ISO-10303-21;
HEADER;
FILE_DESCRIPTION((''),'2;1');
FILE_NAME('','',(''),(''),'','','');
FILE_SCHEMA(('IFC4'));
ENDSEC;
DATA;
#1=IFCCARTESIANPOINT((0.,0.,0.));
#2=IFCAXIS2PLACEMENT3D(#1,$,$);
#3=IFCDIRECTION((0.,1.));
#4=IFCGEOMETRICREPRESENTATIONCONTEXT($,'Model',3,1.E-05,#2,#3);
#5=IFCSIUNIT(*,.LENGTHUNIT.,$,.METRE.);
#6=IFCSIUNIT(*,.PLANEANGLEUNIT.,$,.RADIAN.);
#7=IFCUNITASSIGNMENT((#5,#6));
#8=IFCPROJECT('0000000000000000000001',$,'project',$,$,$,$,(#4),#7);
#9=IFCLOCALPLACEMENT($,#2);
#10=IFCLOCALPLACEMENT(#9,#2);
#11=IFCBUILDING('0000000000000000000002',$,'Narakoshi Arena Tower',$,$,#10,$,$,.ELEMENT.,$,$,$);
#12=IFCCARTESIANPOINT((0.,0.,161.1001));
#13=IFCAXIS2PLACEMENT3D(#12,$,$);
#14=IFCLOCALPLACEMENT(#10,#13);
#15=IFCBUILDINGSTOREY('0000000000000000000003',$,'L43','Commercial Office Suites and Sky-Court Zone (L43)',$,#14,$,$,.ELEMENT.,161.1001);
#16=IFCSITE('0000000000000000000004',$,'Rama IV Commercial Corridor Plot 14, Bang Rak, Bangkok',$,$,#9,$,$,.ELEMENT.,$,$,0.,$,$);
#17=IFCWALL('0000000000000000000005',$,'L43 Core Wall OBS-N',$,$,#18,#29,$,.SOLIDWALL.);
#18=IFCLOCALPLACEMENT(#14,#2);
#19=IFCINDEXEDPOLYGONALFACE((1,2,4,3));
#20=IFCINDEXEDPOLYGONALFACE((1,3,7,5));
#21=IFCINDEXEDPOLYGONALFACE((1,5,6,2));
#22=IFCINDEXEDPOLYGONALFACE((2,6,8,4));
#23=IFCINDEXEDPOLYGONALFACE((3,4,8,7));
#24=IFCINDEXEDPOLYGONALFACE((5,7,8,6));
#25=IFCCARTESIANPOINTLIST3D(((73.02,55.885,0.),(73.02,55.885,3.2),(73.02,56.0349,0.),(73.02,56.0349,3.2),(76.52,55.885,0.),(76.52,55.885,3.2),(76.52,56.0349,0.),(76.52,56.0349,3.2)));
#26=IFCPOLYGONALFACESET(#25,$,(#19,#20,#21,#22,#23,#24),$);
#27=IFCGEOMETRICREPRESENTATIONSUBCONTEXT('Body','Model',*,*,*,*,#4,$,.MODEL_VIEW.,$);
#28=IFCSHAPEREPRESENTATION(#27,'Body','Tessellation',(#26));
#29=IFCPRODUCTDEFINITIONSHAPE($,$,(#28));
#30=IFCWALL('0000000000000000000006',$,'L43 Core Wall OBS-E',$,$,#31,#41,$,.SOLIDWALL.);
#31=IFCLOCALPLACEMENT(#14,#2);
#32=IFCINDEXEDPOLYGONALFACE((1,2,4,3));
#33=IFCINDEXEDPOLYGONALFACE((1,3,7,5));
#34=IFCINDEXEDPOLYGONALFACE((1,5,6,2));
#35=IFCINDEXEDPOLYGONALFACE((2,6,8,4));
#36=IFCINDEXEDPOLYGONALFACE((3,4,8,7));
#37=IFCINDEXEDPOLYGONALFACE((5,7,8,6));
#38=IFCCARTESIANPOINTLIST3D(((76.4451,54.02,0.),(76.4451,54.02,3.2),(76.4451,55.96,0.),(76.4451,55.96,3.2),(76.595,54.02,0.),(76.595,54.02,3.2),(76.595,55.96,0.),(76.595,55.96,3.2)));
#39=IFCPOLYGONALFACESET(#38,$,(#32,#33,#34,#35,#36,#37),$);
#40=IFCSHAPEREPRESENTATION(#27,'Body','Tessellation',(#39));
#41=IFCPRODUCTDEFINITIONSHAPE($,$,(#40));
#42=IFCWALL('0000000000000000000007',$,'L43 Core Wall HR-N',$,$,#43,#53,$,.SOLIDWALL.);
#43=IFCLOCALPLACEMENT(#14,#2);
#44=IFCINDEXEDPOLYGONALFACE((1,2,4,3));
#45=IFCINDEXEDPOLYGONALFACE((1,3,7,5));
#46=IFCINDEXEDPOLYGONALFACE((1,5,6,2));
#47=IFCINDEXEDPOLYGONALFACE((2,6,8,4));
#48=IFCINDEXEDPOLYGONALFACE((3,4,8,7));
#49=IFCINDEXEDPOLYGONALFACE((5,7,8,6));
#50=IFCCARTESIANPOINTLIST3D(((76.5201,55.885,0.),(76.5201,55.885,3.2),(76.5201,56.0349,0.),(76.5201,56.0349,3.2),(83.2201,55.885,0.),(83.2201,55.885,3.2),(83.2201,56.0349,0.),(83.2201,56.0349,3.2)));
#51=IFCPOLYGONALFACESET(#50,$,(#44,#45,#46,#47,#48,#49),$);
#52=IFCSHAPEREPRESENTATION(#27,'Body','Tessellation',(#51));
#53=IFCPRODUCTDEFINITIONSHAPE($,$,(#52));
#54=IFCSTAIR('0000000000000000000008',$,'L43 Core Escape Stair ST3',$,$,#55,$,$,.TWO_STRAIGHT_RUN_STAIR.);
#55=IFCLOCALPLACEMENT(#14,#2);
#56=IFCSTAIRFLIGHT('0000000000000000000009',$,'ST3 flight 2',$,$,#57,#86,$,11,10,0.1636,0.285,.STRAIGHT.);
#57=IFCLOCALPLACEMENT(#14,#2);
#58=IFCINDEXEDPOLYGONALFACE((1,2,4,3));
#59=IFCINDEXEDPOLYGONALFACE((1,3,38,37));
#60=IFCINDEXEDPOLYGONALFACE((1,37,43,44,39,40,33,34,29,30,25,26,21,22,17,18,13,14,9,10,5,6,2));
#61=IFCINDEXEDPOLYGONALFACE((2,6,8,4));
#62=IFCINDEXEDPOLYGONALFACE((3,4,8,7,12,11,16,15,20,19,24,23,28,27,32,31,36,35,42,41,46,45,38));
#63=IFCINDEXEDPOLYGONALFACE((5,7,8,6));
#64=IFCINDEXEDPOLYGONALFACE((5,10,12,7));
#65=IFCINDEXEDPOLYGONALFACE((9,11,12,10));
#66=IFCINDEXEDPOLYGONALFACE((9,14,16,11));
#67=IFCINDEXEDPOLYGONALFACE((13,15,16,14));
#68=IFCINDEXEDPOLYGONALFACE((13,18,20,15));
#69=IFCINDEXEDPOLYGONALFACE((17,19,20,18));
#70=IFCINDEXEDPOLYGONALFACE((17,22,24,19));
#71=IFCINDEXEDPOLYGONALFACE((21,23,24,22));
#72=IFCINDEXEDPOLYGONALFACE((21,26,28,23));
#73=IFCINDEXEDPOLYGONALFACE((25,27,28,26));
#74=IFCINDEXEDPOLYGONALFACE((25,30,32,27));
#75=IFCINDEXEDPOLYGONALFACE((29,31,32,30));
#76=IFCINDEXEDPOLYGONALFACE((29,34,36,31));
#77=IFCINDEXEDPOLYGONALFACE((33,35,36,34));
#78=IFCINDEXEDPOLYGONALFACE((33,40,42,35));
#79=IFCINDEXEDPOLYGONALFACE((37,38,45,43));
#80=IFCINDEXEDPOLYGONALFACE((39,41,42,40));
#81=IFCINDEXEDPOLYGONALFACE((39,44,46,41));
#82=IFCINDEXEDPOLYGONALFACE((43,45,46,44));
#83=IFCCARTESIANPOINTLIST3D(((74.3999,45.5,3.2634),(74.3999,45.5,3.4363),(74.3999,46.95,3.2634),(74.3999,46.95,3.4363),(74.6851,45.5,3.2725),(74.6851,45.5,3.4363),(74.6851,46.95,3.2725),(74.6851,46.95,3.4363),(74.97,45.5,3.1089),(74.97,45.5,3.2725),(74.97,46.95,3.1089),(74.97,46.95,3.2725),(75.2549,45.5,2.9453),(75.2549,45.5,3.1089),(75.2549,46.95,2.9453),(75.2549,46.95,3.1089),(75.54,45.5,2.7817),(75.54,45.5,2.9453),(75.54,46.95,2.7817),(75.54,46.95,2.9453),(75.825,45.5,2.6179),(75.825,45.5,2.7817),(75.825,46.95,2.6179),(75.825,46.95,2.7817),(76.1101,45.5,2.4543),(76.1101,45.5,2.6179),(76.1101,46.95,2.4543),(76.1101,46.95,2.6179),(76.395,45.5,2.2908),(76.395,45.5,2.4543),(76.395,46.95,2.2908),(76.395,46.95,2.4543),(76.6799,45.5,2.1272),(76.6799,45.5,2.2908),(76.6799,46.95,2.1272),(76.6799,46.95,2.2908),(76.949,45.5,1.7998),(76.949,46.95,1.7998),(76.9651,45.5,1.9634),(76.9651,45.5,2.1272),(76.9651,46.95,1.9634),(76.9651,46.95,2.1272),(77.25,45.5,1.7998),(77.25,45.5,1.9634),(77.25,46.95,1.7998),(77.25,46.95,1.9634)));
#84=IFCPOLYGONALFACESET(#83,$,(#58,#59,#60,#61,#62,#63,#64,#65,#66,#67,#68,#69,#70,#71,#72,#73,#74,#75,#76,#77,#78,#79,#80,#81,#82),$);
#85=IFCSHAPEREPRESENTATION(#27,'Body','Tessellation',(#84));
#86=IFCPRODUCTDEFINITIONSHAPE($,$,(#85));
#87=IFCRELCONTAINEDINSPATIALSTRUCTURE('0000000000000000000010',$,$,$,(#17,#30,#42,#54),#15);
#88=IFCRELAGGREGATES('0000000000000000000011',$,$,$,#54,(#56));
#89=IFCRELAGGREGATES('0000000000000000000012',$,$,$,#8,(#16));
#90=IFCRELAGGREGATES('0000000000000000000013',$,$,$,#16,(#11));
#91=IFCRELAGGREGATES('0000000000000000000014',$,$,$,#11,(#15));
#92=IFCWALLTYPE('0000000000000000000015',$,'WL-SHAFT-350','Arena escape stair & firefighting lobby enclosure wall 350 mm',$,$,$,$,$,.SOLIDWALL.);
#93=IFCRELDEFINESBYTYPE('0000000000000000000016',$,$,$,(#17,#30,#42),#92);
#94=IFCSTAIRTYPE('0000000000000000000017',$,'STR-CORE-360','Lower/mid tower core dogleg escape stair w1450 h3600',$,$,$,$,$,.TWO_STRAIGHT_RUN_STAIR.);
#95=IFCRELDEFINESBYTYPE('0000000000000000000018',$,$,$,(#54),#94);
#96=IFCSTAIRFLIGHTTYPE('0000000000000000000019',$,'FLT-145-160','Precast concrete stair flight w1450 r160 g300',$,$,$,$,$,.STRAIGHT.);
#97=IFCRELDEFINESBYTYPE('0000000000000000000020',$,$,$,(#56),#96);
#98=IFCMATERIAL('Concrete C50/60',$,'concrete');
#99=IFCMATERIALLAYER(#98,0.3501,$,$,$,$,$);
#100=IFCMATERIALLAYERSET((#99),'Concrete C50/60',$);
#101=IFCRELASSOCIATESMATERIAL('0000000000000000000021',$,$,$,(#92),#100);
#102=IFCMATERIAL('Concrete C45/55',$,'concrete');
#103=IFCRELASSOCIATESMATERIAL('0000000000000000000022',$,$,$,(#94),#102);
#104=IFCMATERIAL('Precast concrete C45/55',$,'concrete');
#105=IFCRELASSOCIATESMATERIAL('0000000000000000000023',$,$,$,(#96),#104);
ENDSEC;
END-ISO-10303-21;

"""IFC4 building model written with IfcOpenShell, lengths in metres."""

from ifc_helpers import new_model, si_unit, direction, frame, frame_2d, origin, place, context, subcontext, project, spatial, polyline, rectangle, outline, extrude, material, layer, layer_set, type_object, element, aggregate, save


model = new_model("IFC4")

# Units and contexts
model_context = context("Model", 3, precision=1e-05, world=origin(), true_north=direction((0.0, 1.0)))
body_context = subcontext(model_context, "Body", "Model", "MODEL_VIEW")
ifc_project = project(units=[si_unit("LENGTHUNIT", "METRE"), si_unit("PLANEANGLEUNIT", "RADIAN")], contexts=[model_context])

# Site, building, storey
site_placement = place(None, origin())
site = spatial("IfcSite", under=ifc_project, at=site_placement, Name="Rama IV Commercial Corridor Plot 14, Bang Rak, Bangkok", CompositionType="ELEMENT", RefElevation=0.0)
building_placement = place(site_placement, origin())
building = spatial("IfcBuilding", under=site, at=building_placement, Name="Narakoshi Arena Tower", CompositionType="ELEMENT")
storey_placement = place(building_placement, frame((0.0, 0.0, 161.1001)))
storey = spatial("IfcBuildingStorey", under=building, at=storey_placement, Name="L43", Description="Commercial Office Suites and Sky-Court Zone (L43)", CompositionType="ELEMENT", Elevation=161.1001)

# Shared definitions
ifc_material_1 = material(Name="Concrete C50/60", Category="concrete")
ifc_layer_1 = layer(ifc_material_1, 0.3501)
ifc_layer_set_1 = layer_set([ifc_layer_1], Name="Concrete C50/60")
wall_type_1 = type_object("IfcWallType", Name="WL-SHAFT-350", Description="Arena escape stair & firefighting lobby enclosure wall 350 mm", PredefinedType="SOLIDWALL", material=ifc_layer_set_1)

# Walls
wall_1_placement = place(storey_placement, frame((73.02, 55.96, 0.0), z_axis=(0.0, 0.0, 1.0), x_axis=(1.0, 0.0, 0.0)))
element("IfcWall", 1, at=wall_1_placement, inside=storey, type_object=wall_type_1, Name="L43 Core Wall OBS-N", PredefinedType="SOLIDWALL", context=body_context, shape_type="SweptSolid", body=[
    extrude(rectangle(XDim=3.5, YDim=0.1499, at=frame_2d((1.75, 0.0))), origin(), (0.0, 0.0, 1.0), 3.2),
])
wall_2_placement = place(storey_placement, frame((76.52, 54.02, 0.0), z_axis=(0.0, 0.0, 1.0), x_axis=(0.0, 1.0, 0.0)))
element("IfcWall", 2, at=wall_2_placement, inside=storey, type_object=wall_type_1, Name="L43 Core Wall OBS-E", PredefinedType="SOLIDWALL", context=body_context, shape_type="SweptSolid", body=[
    extrude(rectangle(XDim=1.9399, YDim=0.1499, at=frame_2d((0.97, 0.0))), origin(), (0.0, 0.0, 1.0), 3.2),
])
wall_3_placement = place(storey_placement, frame((76.52, 55.96, 0.0), z_axis=(0.0, 0.0, 1.0), x_axis=(1.0, 0.0, 0.0)))
element("IfcWall", 3, at=wall_3_placement, inside=storey, type_object=wall_type_1, Name="L43 Core Wall HR-N", PredefinedType="SOLIDWALL", context=body_context, shape_type="SweptSolid", body=[
    extrude(rectangle(XDim=6.7, YDim=0.1499, at=frame_2d((3.3501, 0.0))), origin(), (0.0, 0.0, 1.0), 3.2),
])

# Stair, stair flight
ifc_material_2 = material(Name="Concrete C45/55", Category="concrete")
stair_type = type_object("IfcStairType", Name="STR-CORE-360", Description="Lower/mid tower core dogleg escape stair w1450 h3600", PredefinedType="TWO_STRAIGHT_RUN_STAIR", material=ifc_material_2)
stair_placement = place(storey_placement, origin())
stair = element("IfcStair", 4, at=stair_placement, inside=storey, type_object=stair_type, Name="L43 Core Escape Stair ST3", PredefinedType="TWO_STRAIGHT_RUN_STAIR")
ifc_material_3 = material(Name="Precast concrete C45/55", Category="concrete")
stair_flight_type = type_object("IfcStairFlightType", Name="FLT-145-160", Description="Precast concrete stair flight w1450 r160 g300", PredefinedType="STRAIGHT", material=ifc_material_3)
stair_flight_placement = place(storey_placement, frame((77.25, 46.2251, 1.7998), z_axis=(0.0, 0.0, 1.0), x_axis=(-1.0, 0.0, 0.0)))
stair_flight = element("IfcStairFlight", 5, at=stair_flight_placement, type_object=stair_flight_type, Name="ST3 flight 2", NumberOfRisers=11, NumberOfTreads=10, PredefinedType="STRAIGHT", RiserHeight=0.1636, TreadLength=0.285, context=body_context, shape_type="SweptSolid", body=[
    extrude(outline(polyline([(0.0, 0.0), (0.0, 0.1636), (0.2849, 0.1636), (0.2849, 0.3274), (0.5701, 0.3274), (0.5701, 0.491), (0.855, 0.491), (0.855, 0.6545), (1.1399, 0.6545), (1.1399, 0.8181), (1.425, 0.8181), (1.425, 0.9819), (1.71, 0.9819), (1.71, 1.1455), (1.9951, 1.1455), (1.9951, 1.3091), (2.28, 1.3091), (2.28, 1.4727), (2.5649, 1.4727), (2.5649, 1.6365), (2.8501, 1.6365), (2.8501, 1.8), (2.8501, 1.4636), (0.301, 0.0), (0.0, 0.0)])), frame((0.0, 0.7251, 0.0), z_axis=(0.0, -1.0, 0.0), x_axis=(1.0, 0.0, 0.0)), (0.0, 0.0, 1.0), 1.45),
])
aggregate(stair, [stair_flight])

save(model, "model.ifc")
